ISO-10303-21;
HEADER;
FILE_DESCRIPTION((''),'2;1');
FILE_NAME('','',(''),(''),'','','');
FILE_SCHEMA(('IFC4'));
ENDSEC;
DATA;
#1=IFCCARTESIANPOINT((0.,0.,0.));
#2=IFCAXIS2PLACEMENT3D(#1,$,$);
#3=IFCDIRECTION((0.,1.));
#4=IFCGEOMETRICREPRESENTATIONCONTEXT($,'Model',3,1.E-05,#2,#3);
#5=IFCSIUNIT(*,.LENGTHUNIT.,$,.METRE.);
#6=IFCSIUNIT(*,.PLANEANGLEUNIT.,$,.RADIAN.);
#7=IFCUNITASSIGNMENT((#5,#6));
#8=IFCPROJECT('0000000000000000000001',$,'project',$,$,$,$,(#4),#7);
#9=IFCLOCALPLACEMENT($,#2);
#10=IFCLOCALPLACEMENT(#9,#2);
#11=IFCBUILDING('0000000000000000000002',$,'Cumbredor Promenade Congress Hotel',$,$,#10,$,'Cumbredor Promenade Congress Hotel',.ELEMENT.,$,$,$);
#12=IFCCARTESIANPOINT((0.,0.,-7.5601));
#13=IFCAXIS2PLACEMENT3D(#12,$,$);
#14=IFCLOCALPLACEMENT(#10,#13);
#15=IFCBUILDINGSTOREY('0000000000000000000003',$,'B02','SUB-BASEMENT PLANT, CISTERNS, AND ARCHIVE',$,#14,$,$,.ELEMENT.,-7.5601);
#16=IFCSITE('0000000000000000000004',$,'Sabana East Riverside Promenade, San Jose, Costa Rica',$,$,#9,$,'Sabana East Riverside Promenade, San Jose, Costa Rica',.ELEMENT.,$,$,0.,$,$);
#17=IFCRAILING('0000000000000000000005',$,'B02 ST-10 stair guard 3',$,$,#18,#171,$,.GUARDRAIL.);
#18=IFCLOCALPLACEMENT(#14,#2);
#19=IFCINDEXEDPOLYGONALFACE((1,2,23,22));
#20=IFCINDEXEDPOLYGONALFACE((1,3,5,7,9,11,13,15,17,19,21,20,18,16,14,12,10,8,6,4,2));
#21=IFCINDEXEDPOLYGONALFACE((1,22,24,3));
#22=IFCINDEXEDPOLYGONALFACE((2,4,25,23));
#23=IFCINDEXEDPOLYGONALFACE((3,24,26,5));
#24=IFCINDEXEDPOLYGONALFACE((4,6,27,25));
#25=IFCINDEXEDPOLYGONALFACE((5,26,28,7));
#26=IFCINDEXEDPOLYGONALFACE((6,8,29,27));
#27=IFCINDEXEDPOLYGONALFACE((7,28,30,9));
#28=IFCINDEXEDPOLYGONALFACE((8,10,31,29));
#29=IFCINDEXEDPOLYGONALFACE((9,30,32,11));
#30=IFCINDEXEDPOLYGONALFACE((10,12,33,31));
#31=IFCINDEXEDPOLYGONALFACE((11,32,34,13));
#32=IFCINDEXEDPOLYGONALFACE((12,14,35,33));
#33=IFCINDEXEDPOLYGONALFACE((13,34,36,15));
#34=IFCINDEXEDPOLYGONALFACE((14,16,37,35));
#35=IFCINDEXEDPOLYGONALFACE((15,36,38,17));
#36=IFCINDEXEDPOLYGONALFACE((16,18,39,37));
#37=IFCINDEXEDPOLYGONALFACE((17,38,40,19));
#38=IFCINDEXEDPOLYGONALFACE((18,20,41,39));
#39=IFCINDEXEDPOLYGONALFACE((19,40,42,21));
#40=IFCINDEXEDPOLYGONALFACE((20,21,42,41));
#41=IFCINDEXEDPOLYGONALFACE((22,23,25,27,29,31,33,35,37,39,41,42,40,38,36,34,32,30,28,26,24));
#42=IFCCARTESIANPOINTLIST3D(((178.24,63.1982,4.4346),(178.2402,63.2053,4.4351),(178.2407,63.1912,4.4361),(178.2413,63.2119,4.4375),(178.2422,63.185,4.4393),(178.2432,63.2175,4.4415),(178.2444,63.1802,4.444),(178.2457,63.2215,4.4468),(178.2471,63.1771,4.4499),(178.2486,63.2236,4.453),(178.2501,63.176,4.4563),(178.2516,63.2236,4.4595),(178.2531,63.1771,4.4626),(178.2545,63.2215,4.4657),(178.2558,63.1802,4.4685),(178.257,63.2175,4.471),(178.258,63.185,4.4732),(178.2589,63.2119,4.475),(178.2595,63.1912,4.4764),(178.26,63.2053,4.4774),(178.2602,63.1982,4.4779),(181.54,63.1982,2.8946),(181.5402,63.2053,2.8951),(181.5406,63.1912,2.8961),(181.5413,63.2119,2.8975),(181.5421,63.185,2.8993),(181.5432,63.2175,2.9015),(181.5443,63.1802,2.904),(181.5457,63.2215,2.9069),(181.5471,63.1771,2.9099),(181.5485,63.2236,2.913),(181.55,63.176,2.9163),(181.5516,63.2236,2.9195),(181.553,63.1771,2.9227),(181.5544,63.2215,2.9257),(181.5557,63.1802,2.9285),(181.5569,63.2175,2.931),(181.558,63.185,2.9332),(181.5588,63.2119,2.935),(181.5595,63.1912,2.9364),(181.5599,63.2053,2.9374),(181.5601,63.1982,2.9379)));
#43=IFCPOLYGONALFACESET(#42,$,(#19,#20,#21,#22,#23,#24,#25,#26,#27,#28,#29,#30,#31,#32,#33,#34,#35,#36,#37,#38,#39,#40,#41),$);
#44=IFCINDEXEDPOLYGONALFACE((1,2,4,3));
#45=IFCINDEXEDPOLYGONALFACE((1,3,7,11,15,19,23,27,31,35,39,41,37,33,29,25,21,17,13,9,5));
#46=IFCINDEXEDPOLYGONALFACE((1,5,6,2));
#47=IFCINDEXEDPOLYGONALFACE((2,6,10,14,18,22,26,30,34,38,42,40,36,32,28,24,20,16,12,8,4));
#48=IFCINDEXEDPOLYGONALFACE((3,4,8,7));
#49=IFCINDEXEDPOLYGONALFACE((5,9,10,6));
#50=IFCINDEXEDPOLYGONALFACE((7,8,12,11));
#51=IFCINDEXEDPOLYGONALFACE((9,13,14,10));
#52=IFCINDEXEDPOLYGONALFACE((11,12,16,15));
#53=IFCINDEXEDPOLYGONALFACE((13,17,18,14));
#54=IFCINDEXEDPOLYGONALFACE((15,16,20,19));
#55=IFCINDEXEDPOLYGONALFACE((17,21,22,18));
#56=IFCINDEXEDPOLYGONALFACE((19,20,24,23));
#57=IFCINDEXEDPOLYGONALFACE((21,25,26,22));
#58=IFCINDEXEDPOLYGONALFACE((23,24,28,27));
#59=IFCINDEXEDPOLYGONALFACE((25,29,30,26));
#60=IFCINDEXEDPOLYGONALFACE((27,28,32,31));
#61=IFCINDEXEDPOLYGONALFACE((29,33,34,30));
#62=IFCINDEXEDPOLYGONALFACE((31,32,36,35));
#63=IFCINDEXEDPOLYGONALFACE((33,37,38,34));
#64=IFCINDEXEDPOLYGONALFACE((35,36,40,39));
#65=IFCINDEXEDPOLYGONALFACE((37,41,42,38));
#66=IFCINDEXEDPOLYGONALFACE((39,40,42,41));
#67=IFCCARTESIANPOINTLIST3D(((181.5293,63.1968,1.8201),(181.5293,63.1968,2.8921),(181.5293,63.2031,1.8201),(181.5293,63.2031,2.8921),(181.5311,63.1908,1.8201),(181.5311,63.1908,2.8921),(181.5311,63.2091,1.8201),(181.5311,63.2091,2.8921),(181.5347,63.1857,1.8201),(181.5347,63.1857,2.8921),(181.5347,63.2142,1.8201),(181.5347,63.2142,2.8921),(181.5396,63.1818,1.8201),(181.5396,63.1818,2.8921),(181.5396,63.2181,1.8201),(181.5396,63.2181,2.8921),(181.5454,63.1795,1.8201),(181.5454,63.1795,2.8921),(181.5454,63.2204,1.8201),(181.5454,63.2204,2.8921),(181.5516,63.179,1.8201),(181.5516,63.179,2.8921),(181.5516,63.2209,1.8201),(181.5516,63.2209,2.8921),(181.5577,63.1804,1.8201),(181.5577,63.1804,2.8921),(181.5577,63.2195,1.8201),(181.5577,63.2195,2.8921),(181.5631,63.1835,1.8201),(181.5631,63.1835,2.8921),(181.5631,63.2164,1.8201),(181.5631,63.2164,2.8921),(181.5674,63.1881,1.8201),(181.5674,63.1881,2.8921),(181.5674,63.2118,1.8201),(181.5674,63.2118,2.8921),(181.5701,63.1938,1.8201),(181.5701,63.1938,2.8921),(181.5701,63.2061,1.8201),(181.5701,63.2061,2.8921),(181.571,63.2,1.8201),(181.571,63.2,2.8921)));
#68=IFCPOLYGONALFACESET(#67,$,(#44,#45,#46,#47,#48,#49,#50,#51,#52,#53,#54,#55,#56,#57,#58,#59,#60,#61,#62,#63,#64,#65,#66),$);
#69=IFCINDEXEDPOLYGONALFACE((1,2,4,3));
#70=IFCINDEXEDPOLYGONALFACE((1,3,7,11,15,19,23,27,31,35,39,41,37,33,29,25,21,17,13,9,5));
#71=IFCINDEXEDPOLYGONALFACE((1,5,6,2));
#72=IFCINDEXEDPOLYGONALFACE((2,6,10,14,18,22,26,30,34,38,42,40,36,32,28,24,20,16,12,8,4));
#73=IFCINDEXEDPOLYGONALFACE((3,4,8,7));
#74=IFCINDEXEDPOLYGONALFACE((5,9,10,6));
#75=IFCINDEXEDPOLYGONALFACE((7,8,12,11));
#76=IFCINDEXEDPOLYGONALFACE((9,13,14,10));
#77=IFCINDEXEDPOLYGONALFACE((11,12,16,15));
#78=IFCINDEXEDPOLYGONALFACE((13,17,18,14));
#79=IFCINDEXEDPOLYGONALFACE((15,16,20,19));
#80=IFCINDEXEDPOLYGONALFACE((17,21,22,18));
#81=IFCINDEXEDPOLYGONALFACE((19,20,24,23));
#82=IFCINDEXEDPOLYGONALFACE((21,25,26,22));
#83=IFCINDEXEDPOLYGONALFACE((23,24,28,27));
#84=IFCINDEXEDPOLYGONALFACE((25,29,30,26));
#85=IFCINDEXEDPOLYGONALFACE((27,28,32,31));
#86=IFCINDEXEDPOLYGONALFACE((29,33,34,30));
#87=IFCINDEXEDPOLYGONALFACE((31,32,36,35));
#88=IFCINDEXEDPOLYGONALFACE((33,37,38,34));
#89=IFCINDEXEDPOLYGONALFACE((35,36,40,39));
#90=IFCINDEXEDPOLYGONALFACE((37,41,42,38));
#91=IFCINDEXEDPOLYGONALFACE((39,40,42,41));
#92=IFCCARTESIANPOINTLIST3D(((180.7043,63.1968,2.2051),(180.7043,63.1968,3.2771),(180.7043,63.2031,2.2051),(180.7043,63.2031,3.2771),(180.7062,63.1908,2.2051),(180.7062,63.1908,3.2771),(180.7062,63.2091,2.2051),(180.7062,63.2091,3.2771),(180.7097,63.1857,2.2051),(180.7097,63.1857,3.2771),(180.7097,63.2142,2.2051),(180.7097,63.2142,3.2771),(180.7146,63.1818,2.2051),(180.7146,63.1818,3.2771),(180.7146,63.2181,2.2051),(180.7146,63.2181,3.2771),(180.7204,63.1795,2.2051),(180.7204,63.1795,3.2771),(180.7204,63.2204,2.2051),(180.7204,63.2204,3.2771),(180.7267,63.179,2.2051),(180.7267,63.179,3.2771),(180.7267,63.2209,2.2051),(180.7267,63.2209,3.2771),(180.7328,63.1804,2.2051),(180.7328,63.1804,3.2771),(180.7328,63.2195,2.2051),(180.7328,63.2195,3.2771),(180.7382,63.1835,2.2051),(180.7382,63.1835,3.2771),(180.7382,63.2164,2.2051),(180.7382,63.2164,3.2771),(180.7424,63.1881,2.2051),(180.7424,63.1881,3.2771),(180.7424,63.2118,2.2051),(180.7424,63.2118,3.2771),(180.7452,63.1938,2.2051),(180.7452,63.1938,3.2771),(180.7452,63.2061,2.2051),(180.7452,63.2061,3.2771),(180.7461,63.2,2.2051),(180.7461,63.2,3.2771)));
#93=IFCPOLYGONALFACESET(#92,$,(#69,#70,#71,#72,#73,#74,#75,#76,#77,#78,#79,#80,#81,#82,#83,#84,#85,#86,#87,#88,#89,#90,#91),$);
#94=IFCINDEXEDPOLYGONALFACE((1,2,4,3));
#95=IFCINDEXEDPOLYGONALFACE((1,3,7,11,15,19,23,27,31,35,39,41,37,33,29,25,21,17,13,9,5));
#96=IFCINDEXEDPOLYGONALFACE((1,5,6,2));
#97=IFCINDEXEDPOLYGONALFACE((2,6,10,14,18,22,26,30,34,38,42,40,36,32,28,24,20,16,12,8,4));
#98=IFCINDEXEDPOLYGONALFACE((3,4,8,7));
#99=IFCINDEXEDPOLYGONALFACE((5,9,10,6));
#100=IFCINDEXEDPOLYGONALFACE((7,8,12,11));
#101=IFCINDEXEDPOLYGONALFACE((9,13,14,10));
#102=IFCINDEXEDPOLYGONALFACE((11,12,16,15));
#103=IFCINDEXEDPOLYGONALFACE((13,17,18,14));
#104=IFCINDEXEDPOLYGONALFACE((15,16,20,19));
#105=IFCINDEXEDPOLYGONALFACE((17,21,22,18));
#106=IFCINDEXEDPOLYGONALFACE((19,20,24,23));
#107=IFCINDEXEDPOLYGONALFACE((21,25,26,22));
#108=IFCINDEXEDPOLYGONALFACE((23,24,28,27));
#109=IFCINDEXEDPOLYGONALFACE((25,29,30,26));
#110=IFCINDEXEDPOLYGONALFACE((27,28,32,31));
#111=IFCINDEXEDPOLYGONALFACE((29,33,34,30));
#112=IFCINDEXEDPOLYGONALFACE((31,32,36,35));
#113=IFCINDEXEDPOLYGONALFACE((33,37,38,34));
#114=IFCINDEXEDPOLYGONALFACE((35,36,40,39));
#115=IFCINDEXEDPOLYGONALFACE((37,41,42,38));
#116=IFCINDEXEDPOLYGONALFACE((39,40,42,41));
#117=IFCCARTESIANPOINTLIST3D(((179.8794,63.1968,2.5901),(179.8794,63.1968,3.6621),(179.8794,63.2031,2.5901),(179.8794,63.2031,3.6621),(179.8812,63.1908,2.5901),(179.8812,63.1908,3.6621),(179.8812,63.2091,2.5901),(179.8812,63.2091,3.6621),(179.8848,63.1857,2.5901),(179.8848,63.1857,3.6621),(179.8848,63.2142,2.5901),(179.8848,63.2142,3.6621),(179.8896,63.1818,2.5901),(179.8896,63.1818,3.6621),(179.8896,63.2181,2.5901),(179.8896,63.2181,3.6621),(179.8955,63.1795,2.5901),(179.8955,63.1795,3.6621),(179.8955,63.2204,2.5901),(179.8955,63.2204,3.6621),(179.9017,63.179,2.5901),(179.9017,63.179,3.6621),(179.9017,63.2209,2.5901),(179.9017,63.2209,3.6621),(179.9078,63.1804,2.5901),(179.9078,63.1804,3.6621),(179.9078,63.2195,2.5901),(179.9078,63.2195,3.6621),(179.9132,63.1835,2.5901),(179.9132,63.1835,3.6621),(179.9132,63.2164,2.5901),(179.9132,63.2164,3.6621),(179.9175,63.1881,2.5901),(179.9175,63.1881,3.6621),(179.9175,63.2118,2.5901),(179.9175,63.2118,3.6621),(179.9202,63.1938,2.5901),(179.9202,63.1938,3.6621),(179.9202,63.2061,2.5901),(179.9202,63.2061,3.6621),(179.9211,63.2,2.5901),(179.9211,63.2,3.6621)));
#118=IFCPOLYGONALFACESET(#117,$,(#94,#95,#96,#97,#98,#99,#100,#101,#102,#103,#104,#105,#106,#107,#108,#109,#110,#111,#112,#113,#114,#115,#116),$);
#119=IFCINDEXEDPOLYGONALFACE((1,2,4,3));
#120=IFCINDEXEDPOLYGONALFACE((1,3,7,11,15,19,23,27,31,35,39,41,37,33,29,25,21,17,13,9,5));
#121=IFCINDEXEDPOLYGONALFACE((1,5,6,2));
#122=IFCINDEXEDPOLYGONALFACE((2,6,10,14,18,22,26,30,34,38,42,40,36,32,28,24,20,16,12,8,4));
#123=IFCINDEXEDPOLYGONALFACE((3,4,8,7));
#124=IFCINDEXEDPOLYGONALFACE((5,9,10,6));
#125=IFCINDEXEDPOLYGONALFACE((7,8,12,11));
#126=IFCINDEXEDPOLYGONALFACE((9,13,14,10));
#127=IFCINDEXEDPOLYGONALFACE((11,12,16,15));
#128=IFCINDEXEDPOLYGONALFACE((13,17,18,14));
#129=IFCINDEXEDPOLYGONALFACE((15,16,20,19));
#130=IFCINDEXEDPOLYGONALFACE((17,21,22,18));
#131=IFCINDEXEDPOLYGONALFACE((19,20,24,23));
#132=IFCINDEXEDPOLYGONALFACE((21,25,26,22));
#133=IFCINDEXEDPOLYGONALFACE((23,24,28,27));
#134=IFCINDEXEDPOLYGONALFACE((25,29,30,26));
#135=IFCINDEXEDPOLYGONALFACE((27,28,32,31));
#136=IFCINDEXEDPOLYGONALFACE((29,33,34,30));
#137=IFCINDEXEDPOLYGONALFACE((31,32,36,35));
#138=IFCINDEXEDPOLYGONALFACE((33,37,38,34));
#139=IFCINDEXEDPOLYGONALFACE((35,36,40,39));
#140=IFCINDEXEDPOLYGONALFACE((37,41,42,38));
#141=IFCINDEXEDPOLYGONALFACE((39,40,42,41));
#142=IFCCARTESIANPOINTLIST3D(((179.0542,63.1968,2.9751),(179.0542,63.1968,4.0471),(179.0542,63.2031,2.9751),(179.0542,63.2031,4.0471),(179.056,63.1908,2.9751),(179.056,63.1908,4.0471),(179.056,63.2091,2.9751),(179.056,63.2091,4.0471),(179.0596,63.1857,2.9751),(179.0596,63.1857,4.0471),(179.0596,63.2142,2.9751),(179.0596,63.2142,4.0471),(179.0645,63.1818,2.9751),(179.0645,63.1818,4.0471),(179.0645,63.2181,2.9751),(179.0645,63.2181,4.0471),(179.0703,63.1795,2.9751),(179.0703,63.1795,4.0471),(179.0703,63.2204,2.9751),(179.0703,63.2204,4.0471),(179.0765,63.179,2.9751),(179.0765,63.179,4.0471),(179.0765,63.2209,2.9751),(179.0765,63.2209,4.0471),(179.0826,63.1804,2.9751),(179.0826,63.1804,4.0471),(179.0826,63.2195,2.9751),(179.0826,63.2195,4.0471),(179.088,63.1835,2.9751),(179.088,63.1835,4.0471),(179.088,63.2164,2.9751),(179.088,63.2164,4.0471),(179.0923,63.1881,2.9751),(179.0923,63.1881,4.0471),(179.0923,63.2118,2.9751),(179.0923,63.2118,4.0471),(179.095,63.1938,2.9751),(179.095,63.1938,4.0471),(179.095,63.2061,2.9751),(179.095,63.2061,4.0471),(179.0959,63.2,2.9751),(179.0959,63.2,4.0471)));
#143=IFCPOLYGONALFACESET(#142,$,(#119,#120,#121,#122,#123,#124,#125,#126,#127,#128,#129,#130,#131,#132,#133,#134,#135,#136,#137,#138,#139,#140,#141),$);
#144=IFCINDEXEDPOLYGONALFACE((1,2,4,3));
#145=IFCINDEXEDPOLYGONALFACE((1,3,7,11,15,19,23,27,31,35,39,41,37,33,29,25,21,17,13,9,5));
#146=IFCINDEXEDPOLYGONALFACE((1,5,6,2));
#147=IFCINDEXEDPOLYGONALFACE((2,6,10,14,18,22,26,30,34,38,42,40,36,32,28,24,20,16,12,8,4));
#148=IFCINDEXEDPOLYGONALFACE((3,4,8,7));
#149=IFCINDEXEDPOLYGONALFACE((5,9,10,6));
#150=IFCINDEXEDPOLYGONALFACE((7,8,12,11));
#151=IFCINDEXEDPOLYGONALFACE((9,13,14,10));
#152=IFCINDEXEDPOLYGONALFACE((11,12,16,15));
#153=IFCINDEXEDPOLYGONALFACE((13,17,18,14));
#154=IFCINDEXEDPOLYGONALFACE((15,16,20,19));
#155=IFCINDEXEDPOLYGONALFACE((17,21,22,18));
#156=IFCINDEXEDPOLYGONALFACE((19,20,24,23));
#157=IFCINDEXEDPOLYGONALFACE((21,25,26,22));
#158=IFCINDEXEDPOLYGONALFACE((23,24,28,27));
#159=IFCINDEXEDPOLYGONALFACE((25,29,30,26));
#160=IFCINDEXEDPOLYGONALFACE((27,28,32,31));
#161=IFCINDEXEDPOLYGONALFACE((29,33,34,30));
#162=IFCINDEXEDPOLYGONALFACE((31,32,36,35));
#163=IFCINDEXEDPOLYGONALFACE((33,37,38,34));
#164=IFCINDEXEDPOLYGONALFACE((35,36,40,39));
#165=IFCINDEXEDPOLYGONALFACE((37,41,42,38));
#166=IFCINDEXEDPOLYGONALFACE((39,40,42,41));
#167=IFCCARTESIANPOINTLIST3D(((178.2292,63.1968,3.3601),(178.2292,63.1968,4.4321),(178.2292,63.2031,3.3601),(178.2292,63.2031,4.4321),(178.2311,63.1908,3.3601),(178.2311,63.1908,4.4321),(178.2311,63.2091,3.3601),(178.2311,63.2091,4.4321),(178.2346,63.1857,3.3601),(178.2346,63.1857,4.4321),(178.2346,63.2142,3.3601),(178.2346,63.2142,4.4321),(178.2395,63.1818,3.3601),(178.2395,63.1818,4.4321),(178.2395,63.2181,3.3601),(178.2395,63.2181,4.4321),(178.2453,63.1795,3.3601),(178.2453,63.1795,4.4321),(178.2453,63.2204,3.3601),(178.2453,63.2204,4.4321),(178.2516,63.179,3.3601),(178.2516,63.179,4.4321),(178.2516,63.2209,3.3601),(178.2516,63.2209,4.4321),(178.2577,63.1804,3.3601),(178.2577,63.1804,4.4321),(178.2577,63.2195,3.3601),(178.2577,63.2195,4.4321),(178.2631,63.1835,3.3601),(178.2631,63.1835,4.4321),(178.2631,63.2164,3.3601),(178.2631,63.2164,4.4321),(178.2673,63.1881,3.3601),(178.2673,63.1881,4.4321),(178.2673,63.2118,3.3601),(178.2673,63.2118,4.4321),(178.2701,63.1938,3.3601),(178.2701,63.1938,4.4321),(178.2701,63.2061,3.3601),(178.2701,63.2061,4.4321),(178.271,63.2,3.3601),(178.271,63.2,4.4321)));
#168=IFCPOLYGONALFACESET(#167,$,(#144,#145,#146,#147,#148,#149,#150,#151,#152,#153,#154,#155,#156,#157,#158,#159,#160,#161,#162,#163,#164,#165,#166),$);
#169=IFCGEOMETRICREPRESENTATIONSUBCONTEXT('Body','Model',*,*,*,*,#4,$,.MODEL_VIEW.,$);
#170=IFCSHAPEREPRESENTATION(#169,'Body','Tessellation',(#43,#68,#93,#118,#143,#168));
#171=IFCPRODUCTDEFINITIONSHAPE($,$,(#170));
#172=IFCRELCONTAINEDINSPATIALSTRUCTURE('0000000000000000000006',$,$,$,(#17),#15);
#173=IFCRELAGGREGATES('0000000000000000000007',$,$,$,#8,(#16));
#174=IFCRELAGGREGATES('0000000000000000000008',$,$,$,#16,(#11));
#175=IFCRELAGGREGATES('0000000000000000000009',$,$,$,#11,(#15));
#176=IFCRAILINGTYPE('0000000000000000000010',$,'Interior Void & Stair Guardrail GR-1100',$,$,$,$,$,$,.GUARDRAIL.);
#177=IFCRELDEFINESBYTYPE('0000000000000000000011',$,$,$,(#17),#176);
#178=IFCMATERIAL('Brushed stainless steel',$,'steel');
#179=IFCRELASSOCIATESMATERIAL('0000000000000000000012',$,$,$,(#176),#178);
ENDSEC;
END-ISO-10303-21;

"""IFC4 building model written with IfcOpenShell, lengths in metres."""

from ifc_helpers import new_model, si_unit, direction, frame, origin, origin_2d, place, context, subcontext, project, spatial, circle, extrude, material, type_object, element, save


model = new_model("IFC4")

# Units and contexts
model_context = context("Model", 3, precision=1e-05, world=origin(), true_north=direction((0.0, 1.0)))
body_context = subcontext(model_context, "Body", "Model", "MODEL_VIEW")
ifc_project = project(units=[si_unit("LENGTHUNIT", "METRE"), si_unit("PLANEANGLEUNIT", "RADIAN")], contexts=[model_context])

# Site, building, storey
site_placement = place(None, origin())
site = spatial("IfcSite", under=ifc_project, at=site_placement, Name="Sabana East Riverside Promenade, San Jose, Costa Rica", LongName="Sabana East Riverside Promenade, San Jose, Costa Rica", CompositionType="ELEMENT", RefElevation=0.0)
building_placement = place(site_placement, origin())
building = spatial("IfcBuilding", under=site, at=building_placement, Name="Cumbredor Promenade Congress Hotel", LongName="Cumbredor Promenade Congress Hotel", CompositionType="ELEMENT")
storey_placement = place(building_placement, frame((0.0, 0.0, -7.5601)))
storey = spatial("IfcBuildingStorey", under=building, at=storey_placement, Name="B02", Description="SUB-BASEMENT PLANT, CISTERNS, AND ARCHIVE", CompositionType="ELEMENT", Elevation=-7.5601)

# Railing
ifc_material_1 = material(Name="Brushed stainless steel", Category="steel")
railing_type_1 = type_object("IfcRailingType", Name="Interior Void & Stair Guardrail GR-1100", PredefinedType="GUARDRAIL", material=ifc_material_1)
railing_1_placement = place(storey_placement, frame((181.55, 63.2, 1.8201)))
element("IfcRailing", 1, at=railing_1_placement, inside=storey, type_object=railing_type_1, Name="B02 ST-10 stair guard 3", PredefinedType="GUARDRAIL", context=body_context, shape_type="SweptSolid", body=[
    extrude(circle(Radius=0.0239, at=origin_2d()), frame((0.0, 0.0, 1.0962), z_axis=(-0.906181, 0.0, 0.422889), x_axis=(0.0, -1.0, 0.0)), (0.0, 0.0, 1.0), 3.6416),
    extrude(circle(Radius=0.021, at=origin_2d()), origin(), (0.0, 0.0, 1.0), 1.072),
    extrude(circle(Radius=0.021, at=origin_2d()), frame((-0.825, 0.0, 0.385)), (0.0, 0.0, 1.0), 1.072),
    extrude(circle(Radius=0.021, at=origin_2d()), frame((-1.6499, 0.0, 0.77)), (0.0, 0.0, 1.0), 1.072),
    extrude(circle(Radius=0.021, at=origin_2d()), frame((-2.4751, 0.0, 1.155)), (0.0, 0.0, 1.0), 1.072),
    extrude(circle(Radius=0.021, at=origin_2d()), frame((-3.3, 0.0, 1.54)), (0.0, 0.0, 1.0), 1.072),
])

save(model, "model.ifc")
